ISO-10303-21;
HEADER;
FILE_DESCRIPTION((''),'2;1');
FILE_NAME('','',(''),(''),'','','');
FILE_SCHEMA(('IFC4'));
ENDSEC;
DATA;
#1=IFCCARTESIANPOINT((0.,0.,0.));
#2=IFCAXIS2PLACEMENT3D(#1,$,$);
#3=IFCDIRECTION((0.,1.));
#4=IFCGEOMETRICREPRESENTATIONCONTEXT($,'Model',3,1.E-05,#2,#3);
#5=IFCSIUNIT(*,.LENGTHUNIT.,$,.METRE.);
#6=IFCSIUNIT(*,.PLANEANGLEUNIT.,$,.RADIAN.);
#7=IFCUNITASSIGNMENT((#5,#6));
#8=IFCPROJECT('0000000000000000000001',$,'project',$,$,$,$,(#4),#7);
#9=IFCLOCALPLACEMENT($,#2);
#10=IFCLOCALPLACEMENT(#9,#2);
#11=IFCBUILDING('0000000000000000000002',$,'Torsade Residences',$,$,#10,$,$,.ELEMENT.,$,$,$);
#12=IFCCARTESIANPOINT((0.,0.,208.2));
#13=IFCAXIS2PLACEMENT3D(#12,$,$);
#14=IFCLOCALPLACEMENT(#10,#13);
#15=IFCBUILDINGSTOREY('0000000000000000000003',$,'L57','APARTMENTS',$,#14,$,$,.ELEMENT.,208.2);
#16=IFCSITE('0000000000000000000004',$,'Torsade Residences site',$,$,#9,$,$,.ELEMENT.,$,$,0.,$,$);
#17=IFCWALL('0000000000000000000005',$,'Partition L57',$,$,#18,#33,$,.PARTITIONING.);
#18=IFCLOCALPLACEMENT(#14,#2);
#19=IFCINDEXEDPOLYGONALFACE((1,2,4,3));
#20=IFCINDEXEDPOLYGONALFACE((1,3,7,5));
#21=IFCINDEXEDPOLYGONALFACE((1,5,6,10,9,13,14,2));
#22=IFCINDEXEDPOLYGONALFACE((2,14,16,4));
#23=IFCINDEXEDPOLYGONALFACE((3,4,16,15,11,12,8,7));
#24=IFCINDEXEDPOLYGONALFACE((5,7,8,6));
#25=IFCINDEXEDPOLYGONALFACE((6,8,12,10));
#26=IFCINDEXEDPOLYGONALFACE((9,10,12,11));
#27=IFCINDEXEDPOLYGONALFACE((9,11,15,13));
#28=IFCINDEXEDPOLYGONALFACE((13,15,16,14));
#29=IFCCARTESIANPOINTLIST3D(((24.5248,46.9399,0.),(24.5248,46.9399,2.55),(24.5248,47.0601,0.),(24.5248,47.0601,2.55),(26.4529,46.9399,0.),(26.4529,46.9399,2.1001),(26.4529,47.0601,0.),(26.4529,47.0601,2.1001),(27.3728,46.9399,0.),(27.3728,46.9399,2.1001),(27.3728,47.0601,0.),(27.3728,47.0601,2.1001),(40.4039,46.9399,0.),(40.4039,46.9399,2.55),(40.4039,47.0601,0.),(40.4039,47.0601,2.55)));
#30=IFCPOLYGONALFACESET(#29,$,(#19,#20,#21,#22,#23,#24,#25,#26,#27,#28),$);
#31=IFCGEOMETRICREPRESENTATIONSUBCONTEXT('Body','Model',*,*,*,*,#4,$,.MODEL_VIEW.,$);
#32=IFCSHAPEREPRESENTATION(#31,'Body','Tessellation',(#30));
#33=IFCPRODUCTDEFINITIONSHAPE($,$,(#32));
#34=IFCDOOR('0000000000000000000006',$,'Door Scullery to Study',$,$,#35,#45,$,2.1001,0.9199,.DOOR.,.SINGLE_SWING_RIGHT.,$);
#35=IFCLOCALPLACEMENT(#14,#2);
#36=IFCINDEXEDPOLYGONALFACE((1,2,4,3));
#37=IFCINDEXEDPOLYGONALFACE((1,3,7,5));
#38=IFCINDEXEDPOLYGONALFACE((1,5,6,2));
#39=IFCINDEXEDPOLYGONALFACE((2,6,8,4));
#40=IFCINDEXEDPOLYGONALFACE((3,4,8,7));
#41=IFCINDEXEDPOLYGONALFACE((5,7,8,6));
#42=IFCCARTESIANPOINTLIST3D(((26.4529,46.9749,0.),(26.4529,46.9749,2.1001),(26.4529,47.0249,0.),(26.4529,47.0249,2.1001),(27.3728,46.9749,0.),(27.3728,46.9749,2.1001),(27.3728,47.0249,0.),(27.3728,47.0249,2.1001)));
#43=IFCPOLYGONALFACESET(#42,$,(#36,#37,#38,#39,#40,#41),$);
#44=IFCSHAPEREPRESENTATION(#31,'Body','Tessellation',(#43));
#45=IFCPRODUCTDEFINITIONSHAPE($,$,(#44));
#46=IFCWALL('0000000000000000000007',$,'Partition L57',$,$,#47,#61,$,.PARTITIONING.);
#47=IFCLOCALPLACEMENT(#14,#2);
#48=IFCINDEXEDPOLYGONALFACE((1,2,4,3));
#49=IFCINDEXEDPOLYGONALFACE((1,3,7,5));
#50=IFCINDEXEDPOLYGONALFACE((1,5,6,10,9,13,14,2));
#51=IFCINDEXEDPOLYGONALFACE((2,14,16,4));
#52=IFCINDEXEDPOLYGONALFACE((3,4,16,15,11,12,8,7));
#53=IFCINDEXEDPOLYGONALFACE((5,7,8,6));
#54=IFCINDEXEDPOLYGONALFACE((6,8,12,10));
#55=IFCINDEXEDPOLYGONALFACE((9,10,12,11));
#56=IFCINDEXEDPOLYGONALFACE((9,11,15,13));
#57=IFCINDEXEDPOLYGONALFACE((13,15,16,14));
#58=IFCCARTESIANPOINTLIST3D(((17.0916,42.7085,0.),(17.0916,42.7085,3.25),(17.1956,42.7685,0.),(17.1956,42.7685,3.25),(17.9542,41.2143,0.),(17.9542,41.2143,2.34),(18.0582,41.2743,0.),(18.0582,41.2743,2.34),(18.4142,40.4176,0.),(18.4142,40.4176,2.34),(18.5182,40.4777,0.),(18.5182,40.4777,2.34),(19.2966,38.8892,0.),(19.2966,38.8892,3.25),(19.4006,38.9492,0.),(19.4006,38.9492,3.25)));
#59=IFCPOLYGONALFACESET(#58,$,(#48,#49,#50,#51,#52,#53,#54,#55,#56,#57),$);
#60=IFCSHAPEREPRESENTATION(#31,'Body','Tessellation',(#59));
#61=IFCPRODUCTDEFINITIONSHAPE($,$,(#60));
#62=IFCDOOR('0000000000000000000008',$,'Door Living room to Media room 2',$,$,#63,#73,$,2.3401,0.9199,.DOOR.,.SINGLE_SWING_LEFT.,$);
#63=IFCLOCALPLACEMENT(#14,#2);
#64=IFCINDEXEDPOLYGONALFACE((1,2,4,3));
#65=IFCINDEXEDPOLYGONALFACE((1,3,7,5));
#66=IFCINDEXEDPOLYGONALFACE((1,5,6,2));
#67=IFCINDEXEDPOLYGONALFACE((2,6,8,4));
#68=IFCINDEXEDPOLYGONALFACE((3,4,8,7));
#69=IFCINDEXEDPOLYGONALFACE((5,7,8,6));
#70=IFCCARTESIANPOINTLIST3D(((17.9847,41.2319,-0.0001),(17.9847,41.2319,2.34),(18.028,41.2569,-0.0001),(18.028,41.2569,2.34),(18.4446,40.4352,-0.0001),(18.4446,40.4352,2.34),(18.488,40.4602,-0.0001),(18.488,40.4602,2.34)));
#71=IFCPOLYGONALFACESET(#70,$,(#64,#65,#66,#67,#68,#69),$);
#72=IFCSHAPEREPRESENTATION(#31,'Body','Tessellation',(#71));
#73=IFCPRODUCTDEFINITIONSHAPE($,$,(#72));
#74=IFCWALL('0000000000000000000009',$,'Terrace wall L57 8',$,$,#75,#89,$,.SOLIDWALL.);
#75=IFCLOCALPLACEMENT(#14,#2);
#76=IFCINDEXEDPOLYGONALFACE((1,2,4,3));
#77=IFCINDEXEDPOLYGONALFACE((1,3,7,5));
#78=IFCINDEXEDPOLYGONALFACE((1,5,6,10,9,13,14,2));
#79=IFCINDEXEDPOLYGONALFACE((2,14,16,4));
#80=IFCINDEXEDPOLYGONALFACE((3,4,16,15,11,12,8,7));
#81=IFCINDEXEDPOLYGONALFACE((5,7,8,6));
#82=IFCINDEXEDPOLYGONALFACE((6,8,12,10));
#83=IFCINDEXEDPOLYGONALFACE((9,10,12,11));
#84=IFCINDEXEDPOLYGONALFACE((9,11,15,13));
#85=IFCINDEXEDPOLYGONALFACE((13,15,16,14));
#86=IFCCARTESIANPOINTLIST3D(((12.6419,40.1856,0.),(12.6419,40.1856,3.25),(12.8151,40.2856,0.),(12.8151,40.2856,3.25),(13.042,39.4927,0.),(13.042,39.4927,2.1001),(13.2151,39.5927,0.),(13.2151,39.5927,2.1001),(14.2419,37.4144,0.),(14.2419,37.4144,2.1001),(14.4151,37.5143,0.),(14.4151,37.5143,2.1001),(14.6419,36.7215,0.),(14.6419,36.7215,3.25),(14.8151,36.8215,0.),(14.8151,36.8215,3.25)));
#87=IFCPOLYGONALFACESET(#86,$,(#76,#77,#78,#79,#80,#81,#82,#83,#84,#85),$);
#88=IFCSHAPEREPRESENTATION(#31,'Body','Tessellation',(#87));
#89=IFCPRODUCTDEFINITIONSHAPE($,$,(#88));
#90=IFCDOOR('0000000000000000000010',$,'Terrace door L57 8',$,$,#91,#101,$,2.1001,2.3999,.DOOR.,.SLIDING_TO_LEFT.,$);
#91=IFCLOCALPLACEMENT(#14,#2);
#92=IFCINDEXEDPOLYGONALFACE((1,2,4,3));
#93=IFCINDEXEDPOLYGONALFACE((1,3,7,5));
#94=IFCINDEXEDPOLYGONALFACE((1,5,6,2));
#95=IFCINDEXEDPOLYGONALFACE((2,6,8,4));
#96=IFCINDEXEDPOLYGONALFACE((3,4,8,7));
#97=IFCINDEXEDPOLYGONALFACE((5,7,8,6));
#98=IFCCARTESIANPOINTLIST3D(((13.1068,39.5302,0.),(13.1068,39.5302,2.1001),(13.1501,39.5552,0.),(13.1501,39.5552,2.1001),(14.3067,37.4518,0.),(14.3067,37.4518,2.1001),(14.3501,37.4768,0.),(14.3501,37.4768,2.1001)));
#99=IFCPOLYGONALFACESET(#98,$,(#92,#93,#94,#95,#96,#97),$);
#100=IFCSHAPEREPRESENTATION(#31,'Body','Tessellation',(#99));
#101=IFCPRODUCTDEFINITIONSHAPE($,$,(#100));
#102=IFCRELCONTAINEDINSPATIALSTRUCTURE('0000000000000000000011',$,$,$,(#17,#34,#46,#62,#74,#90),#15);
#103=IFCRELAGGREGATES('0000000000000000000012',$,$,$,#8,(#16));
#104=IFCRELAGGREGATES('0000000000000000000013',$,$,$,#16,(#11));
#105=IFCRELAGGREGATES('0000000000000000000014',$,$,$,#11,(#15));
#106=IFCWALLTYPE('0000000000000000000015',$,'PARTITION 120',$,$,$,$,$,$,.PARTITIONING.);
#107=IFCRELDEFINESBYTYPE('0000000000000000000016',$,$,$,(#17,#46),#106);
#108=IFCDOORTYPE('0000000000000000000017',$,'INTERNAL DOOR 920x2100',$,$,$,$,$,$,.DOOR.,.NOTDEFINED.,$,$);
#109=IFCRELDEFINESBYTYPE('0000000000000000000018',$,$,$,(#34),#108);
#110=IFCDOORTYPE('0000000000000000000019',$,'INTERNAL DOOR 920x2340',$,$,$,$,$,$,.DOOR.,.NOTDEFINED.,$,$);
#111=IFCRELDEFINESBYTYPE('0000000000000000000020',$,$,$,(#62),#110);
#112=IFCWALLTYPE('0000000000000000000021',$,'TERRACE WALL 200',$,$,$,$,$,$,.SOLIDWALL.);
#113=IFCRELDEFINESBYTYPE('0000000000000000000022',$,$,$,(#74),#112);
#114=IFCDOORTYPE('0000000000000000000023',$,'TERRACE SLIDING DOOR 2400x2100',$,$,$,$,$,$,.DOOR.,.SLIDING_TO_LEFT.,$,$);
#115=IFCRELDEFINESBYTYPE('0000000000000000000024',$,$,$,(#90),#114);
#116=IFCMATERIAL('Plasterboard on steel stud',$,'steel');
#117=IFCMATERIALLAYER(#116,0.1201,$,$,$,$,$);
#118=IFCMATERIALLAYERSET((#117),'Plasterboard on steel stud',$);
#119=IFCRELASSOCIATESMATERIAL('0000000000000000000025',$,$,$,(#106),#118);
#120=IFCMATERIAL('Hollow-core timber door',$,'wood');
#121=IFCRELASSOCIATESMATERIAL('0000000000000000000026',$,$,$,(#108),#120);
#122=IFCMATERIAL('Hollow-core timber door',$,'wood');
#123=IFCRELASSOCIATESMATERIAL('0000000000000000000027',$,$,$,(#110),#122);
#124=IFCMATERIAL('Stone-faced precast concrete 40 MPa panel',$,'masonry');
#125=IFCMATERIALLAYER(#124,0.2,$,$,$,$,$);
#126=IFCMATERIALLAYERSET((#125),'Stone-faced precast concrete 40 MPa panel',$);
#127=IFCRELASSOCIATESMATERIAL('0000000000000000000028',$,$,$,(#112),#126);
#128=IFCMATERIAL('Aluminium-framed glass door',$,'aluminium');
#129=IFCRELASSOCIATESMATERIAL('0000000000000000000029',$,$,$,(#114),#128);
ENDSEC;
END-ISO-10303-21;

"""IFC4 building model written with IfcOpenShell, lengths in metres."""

from ifc_helpers import new_model, si_unit, direction, frame, frame_2d, origin, place, context, subcontext, project, spatial, rectangle, extrude, material, layer, layer_set, type_object, element, fill, save


model = new_model("IFC4")

# Units and contexts
model_context = context("Model", 3, precision=1e-05, world=origin(), true_north=direction((0.0, 1.0)))
body_context = subcontext(model_context, "Body", "Model", "MODEL_VIEW")
ifc_project = project(units=[si_unit("LENGTHUNIT", "METRE"), si_unit("PLANEANGLEUNIT", "RADIAN")], contexts=[model_context])

# Site, building, storey
site_placement = place(None, origin())
site = spatial("IfcSite", under=ifc_project, at=site_placement, Name="Torsade Residences site", CompositionType="ELEMENT", RefElevation=0.0)
building_placement = place(site_placement, origin())
building = spatial("IfcBuilding", under=site, at=building_placement, Name="Torsade Residences", CompositionType="ELEMENT")
storey_placement = place(building_placement, frame((0.0, 0.0, 208.2)))
storey = spatial("IfcBuildingStorey", under=building, at=storey_placement, Name="L57", Description="APARTMENTS", CompositionType="ELEMENT", Elevation=208.2)

# Shared definitions
ifc_material_1 = material(Name="Plasterboard on steel stud", Category="steel")
ifc_layer_1 = layer(ifc_material_1, 0.1201)
ifc_layer_set_1 = layer_set([ifc_layer_1], Name="Plasterboard on steel stud")
wall_type_1 = type_object("IfcWallType", Name="PARTITION 120", PredefinedType="PARTITIONING", material=ifc_layer_set_1)

# Walls, openings, doors
wall_1_placement = place(storey_placement, frame((24.5249, 47.0, 0.0), z_axis=(0.0, 0.0, 1.0), x_axis=(1.0, 0.0, 0.0)))
wall_1 = element("IfcWall", 1, at=wall_1_placement, inside=storey, type_object=wall_type_1, Name="Partition L57", PredefinedType="PARTITIONING", context=body_context, shape_type="SweptSolid", body=[
    extrude(rectangle(XDim=15.8792, YDim=0.1201, at=frame_2d((7.9395, 0.0))), origin(), (0.0, 0.0, 1.0), 2.55),
])
opening_1_placement = place(wall_1_placement, frame((1.928, 0.0, 0.0)))
opening_1 = element("IfcOpeningElement", 2, at=opening_1_placement, cuts=wall_1, PredefinedType="OPENING", context=body_context, shape_type="SweptSolid", body=[
    extrude(rectangle(XDim=0.9199, YDim=2.1001, at=frame_2d((0.46, 1.05))), frame((0.0, 0.0701, 0.0), z_axis=(0.0, -1.0, 0.0), x_axis=(1.0, 0.0, 0.0)), (0.0, 0.0, 1.0), 0.1401),
])
ifc_material_2 = material(Name="Hollow-core timber door", Category="wood")
door_type_1 = type_object("IfcDoorType", Name="INTERNAL DOOR 920x2100", OperationType="NOTDEFINED", PredefinedType="DOOR", material=ifc_material_2)
door_1_placement = place(opening_1_placement, origin())
door_1 = element("IfcDoor", 3, at=door_1_placement, inside=storey, type_object=door_type_1, Name="Door Scullery to Study", OperationType="SINGLE_SWING_RIGHT", OverallHeight=2.1001, OverallWidth=0.9199, PredefinedType="DOOR", context=body_context, shape_type="SweptSolid", body=[
    extrude(rectangle(XDim=0.9199, YDim=2.1001, at=frame_2d((0.46, 1.05))), frame((0.0, 0.0249, 0.0), z_axis=(0.0, -1.0, 0.0), x_axis=(1.0, 0.0, 0.0)), (0.0, 0.0, 1.0), 0.05),
])
fill(opening_1, door_1)
wall_2_placement = place(storey_placement, frame((19.3486, 38.9192, 0.0), z_axis=(0.0, 0.0, 1.0), x_axis=(-0.499997, 0.866027, 0.0)))
wall_2 = element("IfcWall", 4, at=wall_2_placement, inside=storey, type_object=wall_type_1, Name="Partition L57", PredefinedType="PARTITIONING", context=body_context, shape_type="SweptSolid", body=[
    extrude(rectangle(XDim=4.4102, YDim=0.1201, at=frame_2d((2.2051, 0.0))), origin(), (0.0, 0.0, 1.0), 3.25),
])
opening_2_placement = place(wall_2_placement, frame((1.7649, 0.0, 0.0)))
opening_2 = element("IfcOpeningElement", 5, at=opening_2_placement, cuts=wall_2, PredefinedType="OPENING", context=body_context, shape_type="SweptSolid", body=[
    extrude(rectangle(XDim=0.9199, YDim=2.3401, at=frame_2d((0.46, 1.1699))), frame((0.0, 0.0701, 0.0), z_axis=(0.0, -1.0, 0.0), x_axis=(1.0, 0.0, 0.0)), (0.0, 0.0, 1.0), 0.1401),
])
ifc_material_3 = material(Name="Hollow-core timber door", Category="wood")
door_type_2 = type_object("IfcDoorType", Name="INTERNAL DOOR 920x2340", OperationType="NOTDEFINED", PredefinedType="DOOR", material=ifc_material_3)
door_2_placement = place(opening_2_placement, origin())
door_2 = element("IfcDoor", 6, at=door_2_placement, inside=storey, type_object=door_type_2, Name="Door Living room to Media room 2", OperationType="SINGLE_SWING_LEFT", OverallHeight=2.3401, OverallWidth=0.9199, PredefinedType="DOOR", context=body_context, shape_type="SweptSolid", body=[
    extrude(rectangle(XDim=0.9199, YDim=2.3401, at=frame_2d((0.46, 1.1699))), frame((0.0, 0.0249, 0.0), z_axis=(0.0, -1.0, 0.0), x_axis=(1.0, 0.0, 0.0)), (0.0, 0.0, 1.0), 0.05),
])
fill(opening_2, door_2)
ifc_material_4 = material(Name="Stone-faced precast concrete 40 MPa panel", Category="masonry")
ifc_layer_2 = layer(ifc_material_4, 0.2)
ifc_layer_set_2 = layer_set([ifc_layer_2], Name="Stone-faced precast concrete 40 MPa panel")
wall_type_2 = type_object("IfcWallType", Name="TERRACE WALL 200", PredefinedType="SOLIDWALL", material=ifc_layer_set_2)
wall_3_placement = place(storey_placement, frame((12.7285, 40.2356, 0.0), z_axis=(0.0, 0.0, 1.0), x_axis=(0.499999, -0.866026, 0.0)))
wall_3 = element("IfcWall", 7, at=wall_3_placement, inside=storey, type_object=wall_type_2, Name="Terrace wall L57 8", PredefinedType="SOLIDWALL", context=body_context, shape_type="SweptSolid", body=[
    extrude(rectangle(XDim=4.0, YDim=0.2, at=frame_2d((2.0, 0.0))), origin(), (0.0, 0.0, 1.0), 3.25),
])
opening_3_placement = place(wall_3_placement, frame((0.8, 0.0, 0.0)))
opening_3 = element("IfcOpeningElement", 8, at=opening_3_placement, cuts=wall_3, PredefinedType="OPENING", context=body_context, shape_type="SweptSolid", body=[
    extrude(rectangle(XDim=2.3999, YDim=2.1001, at=frame_2d((1.2, 1.05))), frame((0.0, 0.1099, 0.0), z_axis=(0.0, -1.0, 0.0), x_axis=(1.0, 0.0, 0.0)), (0.0, 0.0, 1.0), 0.22),
])
ifc_material_5 = material(Name="Aluminium-framed glass door", Category="aluminium")
door_type_3 = type_object("IfcDoorType", Name="TERRACE SLIDING DOOR 2400x2100", OperationType="SLIDING_TO_LEFT", PredefinedType="DOOR", material=ifc_material_5)
door_3_placement = place(opening_3_placement, origin())
door_3 = element("IfcDoor", 9, at=door_3_placement, inside=storey, type_object=door_type_3, Name="Terrace door L57 8", OperationType="SLIDING_TO_LEFT", OverallHeight=2.1001, OverallWidth=2.3999, PredefinedType="DOOR", context=body_context, shape_type="SweptSolid", body=[
    extrude(rectangle(XDim=2.3999, YDim=2.1001, at=frame_2d((1.2, 1.05))), frame((0.0, 0.0249, 0.0), z_axis=(0.0, -1.0, 0.0), x_axis=(1.0, 0.0, 0.0)), (0.0, 0.0, 1.0), 0.05),
])
fill(opening_3, door_3)

save(model, "model.ifc")
